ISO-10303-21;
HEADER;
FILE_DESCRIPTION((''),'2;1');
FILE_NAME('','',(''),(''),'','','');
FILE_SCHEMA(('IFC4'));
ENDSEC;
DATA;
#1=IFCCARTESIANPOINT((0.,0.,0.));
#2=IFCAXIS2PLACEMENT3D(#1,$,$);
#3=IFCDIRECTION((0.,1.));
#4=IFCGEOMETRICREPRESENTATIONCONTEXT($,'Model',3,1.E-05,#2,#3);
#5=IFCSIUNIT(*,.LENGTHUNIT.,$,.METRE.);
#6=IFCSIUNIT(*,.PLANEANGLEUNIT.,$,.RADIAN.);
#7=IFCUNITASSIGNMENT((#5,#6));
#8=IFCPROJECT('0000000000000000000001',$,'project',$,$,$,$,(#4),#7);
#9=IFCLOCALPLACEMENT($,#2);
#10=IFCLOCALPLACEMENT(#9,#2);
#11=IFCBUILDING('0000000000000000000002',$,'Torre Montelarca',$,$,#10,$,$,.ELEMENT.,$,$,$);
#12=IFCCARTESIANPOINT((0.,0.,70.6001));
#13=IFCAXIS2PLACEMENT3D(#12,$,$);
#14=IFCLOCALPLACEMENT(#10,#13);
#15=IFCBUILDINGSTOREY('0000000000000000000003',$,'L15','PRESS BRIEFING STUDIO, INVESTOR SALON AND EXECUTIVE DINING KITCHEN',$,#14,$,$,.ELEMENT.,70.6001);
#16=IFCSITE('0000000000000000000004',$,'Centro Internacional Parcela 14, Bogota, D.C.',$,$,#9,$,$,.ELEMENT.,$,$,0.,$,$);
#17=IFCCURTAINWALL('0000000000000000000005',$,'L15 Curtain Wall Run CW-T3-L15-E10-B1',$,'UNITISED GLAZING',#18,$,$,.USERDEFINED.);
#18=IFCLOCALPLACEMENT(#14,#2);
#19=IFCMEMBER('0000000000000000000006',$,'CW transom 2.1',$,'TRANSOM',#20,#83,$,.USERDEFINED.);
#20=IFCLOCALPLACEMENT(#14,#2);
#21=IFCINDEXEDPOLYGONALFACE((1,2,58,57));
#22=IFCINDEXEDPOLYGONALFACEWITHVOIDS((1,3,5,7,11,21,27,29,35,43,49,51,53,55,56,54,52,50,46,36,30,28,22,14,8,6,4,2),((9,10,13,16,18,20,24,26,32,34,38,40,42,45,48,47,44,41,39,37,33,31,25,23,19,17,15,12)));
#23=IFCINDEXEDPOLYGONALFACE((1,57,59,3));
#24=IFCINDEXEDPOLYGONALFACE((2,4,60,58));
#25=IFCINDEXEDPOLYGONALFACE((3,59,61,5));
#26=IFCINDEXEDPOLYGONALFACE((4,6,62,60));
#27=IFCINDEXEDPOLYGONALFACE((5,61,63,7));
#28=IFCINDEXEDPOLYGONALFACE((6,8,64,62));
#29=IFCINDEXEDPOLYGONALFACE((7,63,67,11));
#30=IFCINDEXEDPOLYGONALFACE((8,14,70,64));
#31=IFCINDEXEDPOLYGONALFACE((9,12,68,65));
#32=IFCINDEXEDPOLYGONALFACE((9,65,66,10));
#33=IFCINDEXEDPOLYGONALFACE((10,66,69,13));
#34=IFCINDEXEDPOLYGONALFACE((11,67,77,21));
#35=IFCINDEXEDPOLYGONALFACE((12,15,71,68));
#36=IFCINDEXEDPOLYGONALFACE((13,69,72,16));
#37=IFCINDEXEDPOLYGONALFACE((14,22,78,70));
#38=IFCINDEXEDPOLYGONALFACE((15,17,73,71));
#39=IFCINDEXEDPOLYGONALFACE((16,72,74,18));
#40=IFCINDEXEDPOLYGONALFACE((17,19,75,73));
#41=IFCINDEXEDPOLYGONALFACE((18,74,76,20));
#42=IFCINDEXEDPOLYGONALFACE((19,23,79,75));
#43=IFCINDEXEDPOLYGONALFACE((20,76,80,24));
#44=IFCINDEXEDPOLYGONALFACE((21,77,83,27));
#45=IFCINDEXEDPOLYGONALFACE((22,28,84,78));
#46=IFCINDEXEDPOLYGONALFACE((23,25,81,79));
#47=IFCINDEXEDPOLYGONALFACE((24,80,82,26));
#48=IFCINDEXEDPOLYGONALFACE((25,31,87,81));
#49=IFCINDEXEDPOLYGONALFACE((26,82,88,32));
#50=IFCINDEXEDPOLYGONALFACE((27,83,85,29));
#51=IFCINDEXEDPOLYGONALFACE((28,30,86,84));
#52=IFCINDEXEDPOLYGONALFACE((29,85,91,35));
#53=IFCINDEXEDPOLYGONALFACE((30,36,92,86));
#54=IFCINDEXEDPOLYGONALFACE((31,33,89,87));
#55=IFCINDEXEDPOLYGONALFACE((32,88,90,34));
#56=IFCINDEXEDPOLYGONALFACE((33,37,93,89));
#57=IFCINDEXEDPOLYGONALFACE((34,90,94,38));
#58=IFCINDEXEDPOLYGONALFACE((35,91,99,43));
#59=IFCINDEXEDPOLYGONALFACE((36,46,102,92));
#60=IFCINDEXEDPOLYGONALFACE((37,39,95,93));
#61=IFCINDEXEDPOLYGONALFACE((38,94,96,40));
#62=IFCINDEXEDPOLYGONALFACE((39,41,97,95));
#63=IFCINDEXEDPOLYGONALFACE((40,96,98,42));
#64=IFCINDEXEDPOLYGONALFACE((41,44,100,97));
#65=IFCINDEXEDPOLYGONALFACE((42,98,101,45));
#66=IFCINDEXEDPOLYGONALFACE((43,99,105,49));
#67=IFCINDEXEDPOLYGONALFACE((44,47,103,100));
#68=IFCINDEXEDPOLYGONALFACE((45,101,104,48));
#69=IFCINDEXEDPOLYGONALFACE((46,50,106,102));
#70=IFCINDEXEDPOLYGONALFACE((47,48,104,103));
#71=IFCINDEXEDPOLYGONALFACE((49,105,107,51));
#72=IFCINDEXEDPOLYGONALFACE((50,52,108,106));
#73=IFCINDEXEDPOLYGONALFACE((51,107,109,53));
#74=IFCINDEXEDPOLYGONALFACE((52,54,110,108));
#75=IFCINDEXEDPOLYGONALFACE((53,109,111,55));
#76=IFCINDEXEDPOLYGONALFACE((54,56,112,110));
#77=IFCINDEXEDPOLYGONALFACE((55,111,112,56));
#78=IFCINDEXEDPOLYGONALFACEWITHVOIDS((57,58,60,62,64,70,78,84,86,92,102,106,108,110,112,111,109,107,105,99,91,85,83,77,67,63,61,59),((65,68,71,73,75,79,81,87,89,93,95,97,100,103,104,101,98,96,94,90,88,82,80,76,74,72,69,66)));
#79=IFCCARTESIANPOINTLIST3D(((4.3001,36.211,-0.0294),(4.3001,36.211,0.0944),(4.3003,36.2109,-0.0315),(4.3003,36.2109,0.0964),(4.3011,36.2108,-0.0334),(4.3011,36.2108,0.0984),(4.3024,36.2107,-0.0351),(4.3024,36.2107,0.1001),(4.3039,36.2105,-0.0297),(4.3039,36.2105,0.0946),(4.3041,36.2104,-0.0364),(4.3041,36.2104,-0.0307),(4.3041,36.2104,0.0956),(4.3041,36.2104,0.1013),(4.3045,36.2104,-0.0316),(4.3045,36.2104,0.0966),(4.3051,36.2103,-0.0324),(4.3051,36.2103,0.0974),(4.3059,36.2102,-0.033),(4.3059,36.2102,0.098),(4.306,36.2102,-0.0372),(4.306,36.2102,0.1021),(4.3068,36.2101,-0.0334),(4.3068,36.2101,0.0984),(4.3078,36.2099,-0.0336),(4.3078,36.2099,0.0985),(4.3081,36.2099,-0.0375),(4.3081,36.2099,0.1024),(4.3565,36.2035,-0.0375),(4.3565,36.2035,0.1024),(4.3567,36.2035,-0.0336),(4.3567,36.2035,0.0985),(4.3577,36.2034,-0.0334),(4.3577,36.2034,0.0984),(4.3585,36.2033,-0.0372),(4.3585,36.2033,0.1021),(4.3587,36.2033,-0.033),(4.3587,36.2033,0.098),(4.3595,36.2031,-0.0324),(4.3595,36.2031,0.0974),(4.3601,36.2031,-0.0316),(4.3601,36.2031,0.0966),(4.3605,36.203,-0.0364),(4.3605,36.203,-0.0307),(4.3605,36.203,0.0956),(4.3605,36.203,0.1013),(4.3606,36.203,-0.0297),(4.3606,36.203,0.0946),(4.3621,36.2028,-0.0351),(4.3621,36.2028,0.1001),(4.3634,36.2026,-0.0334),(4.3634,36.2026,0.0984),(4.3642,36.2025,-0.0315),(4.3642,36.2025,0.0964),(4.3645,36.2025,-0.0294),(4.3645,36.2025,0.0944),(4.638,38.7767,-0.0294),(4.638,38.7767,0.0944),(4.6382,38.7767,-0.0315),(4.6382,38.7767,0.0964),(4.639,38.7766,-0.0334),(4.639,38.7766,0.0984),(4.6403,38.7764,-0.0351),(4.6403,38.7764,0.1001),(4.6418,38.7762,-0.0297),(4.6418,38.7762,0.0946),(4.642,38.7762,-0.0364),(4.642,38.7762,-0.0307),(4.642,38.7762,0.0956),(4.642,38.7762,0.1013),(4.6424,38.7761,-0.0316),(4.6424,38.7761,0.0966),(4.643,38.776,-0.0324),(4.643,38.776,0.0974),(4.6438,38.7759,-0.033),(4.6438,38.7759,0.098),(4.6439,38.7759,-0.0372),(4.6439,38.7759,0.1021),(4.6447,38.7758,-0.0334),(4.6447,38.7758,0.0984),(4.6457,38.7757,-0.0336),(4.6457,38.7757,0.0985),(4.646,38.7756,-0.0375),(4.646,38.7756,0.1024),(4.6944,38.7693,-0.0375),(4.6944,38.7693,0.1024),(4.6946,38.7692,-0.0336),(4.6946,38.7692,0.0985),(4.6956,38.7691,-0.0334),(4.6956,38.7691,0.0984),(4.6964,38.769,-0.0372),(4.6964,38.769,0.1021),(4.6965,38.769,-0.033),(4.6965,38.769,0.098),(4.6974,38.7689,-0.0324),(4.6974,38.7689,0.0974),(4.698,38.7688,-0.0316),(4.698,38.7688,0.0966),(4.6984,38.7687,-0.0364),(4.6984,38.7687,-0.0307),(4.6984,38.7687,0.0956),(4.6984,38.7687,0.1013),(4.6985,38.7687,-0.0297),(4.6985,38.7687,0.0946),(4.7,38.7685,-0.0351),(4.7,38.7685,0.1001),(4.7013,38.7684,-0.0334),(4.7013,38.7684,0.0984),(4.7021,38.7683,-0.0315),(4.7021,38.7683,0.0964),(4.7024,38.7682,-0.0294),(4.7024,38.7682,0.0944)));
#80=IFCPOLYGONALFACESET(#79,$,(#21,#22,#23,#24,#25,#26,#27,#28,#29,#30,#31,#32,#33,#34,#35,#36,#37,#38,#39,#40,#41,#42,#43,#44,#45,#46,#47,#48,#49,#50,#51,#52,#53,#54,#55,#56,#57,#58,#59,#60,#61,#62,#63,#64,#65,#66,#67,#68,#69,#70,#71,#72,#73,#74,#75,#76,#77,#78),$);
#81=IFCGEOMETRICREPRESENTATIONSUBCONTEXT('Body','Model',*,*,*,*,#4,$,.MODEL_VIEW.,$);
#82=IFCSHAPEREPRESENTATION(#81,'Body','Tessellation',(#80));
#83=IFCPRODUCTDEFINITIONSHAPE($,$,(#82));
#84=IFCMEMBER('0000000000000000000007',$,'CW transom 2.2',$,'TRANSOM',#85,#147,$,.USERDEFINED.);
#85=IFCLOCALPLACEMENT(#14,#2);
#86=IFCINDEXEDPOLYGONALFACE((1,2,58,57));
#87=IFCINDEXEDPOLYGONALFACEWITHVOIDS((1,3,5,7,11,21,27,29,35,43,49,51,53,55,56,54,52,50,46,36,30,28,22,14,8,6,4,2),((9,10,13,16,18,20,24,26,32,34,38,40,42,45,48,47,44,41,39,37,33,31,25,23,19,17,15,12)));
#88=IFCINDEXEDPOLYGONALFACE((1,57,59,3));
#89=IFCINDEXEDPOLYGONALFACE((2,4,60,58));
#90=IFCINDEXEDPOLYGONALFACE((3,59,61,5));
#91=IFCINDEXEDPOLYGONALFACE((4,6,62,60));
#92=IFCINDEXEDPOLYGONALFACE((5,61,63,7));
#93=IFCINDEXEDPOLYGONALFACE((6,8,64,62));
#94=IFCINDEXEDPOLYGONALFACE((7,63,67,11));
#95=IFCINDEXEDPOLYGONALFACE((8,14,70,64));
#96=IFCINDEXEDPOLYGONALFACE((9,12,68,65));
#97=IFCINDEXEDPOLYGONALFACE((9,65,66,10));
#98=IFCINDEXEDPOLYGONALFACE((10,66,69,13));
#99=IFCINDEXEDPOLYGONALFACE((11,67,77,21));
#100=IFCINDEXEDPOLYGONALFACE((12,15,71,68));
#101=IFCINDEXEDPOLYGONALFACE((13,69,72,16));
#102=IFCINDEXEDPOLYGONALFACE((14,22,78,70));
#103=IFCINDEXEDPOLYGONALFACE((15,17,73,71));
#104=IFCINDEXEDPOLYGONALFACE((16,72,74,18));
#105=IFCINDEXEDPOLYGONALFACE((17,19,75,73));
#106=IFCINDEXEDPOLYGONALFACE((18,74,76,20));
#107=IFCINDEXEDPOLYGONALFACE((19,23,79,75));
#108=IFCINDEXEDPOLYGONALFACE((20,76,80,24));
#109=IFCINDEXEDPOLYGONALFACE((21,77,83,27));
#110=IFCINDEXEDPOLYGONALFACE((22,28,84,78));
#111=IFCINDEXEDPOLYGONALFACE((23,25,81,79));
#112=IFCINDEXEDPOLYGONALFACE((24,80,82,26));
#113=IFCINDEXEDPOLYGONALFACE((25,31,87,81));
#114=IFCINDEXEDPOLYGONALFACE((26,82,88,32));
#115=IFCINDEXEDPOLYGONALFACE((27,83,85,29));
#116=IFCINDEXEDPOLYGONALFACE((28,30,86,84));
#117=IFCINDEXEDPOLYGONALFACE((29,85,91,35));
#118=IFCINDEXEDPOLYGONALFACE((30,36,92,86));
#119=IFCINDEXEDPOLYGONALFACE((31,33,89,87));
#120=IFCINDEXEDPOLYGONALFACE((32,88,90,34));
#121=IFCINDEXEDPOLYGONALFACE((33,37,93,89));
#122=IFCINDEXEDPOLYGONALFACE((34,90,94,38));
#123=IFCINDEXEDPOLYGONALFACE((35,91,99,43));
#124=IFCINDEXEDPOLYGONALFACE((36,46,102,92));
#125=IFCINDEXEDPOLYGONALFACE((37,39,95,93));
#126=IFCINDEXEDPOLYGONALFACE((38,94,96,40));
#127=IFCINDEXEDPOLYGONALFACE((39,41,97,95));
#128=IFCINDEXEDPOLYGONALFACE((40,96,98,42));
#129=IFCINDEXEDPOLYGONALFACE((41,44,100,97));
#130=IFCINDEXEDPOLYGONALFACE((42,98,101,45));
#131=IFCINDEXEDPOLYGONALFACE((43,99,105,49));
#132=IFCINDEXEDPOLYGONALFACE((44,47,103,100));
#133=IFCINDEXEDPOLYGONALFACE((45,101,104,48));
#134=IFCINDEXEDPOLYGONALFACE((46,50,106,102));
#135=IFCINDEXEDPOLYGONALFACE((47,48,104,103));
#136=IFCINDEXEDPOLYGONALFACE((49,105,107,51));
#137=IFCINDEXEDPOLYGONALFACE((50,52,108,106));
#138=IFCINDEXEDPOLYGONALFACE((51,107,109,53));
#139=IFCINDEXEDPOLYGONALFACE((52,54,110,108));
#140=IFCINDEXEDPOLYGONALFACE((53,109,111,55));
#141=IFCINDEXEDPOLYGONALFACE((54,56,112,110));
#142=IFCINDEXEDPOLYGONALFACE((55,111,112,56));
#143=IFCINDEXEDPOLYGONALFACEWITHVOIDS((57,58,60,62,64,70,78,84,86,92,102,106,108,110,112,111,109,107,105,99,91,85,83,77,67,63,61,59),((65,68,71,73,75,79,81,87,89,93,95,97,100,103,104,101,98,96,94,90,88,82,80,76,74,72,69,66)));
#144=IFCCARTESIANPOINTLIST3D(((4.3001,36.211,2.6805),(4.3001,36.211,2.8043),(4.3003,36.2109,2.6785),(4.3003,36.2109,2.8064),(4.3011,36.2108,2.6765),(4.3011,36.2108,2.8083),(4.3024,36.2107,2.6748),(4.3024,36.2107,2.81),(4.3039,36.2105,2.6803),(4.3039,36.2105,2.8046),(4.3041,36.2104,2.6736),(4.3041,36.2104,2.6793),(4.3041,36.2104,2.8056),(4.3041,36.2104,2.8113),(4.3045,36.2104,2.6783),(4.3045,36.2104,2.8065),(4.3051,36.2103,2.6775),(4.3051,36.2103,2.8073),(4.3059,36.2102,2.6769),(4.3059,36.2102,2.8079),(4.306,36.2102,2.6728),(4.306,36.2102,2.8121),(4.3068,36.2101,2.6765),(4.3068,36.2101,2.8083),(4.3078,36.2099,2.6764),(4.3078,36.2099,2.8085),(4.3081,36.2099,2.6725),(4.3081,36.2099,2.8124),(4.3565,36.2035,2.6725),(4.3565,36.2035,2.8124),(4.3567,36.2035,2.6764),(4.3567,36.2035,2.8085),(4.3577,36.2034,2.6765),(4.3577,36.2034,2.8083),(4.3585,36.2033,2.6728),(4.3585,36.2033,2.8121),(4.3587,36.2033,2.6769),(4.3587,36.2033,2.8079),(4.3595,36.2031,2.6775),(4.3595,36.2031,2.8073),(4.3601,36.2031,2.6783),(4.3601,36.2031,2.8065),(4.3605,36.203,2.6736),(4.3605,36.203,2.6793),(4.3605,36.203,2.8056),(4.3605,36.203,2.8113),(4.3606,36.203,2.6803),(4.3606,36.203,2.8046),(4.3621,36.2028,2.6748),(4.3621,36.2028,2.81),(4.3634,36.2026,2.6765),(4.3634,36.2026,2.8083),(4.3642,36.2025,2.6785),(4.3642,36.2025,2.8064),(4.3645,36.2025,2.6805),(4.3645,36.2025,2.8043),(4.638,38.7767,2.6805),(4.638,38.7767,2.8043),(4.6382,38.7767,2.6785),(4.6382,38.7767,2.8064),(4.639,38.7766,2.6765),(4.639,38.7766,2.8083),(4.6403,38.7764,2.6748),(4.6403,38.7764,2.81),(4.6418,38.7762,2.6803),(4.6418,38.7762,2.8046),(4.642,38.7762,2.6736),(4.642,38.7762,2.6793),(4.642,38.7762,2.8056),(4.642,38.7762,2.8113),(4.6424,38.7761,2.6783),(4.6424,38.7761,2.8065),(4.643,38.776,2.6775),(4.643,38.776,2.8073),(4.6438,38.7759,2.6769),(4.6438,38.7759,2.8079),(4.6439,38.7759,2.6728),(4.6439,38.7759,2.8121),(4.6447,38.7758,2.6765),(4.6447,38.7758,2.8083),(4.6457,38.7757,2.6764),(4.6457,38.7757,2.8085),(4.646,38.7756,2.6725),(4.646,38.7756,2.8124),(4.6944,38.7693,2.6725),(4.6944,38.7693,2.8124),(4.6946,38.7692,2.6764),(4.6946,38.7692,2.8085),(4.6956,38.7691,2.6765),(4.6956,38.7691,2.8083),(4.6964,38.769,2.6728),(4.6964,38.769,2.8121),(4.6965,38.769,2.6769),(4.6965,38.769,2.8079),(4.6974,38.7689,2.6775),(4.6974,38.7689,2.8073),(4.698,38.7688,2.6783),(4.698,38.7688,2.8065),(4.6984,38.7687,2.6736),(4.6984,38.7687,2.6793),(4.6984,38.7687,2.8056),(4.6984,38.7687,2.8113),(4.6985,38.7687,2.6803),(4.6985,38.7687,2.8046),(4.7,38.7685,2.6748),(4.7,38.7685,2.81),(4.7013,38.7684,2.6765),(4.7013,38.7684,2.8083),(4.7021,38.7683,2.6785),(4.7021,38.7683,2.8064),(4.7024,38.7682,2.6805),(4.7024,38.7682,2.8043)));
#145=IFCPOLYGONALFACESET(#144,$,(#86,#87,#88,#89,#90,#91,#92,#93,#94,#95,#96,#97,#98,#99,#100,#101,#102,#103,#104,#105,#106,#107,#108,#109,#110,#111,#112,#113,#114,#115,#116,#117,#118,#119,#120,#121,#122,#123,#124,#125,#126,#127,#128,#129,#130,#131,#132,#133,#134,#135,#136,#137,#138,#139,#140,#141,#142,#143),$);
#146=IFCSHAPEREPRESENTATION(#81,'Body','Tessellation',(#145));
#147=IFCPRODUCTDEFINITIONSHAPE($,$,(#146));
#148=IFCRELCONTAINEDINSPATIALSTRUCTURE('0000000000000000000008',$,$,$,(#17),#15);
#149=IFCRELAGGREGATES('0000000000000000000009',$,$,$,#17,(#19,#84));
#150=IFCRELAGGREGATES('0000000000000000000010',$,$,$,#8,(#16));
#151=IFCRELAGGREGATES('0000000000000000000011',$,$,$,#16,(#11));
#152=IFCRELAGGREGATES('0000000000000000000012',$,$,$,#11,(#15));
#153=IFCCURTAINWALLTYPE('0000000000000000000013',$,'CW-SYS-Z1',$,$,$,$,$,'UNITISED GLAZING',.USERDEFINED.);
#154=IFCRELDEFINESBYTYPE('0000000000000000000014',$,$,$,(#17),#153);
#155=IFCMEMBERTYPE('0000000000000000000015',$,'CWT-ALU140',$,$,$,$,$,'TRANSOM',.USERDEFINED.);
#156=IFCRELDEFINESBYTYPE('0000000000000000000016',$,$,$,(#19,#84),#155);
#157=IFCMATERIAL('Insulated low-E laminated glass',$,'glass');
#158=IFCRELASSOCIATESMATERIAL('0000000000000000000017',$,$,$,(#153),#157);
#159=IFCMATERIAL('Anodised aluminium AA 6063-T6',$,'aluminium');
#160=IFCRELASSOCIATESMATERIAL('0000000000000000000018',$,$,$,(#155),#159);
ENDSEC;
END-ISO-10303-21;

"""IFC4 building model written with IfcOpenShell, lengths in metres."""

from ifc_helpers import new_model, si_unit, direction, frame, origin, origin_2d, place, context, subcontext, project, spatial, hollow_rectangle, extrude, source, transform, mapped, material, material_profile, profile_set, type_object, element, aggregate, save


model = new_model("IFC4")

# Units and contexts
model_context = context("Model", 3, precision=1e-05, world=origin(), true_north=direction((0.0, 1.0)))
body_context = subcontext(model_context, "Body", "Model", "MODEL_VIEW")
ifc_project = project(units=[si_unit("LENGTHUNIT", "METRE"), si_unit("PLANEANGLEUNIT", "RADIAN")], contexts=[model_context])

# Site, building, storey
site_placement = place(None, origin())
site = spatial("IfcSite", under=ifc_project, at=site_placement, Name="Centro Internacional Parcela 14, Bogota, D.C.", CompositionType="ELEMENT", RefElevation=0.0)
building_placement = place(site_placement, origin())
building = spatial("IfcBuilding", under=site, at=building_placement, Name="Torre Montelarca", CompositionType="ELEMENT")
storey_placement = place(building_placement, frame((0.0, 0.0, 70.6001)))
storey = spatial("IfcBuildingStorey", under=building, at=storey_placement, Name="L15", Description="PRESS BRIEFING STUDIO, INVESTOR SALON AND EXECUTIVE DINING KITCHEN", CompositionType="ELEMENT", Elevation=70.6001)

# Curtain wall, members
ifc_material_1 = material(Name="Insulated low-E laminated glass", Category="glass")
curtain_wall_type = type_object("IfcCurtainWallType", Name="CW-SYS-Z1", ElementType="UNITISED GLAZING", PredefinedType="USERDEFINED", material=ifc_material_1)
curtain_wall_1_placement = place(storey_placement, origin())
curtain_wall_1 = element("IfcCurtainWall", 1, at=curtain_wall_1_placement, inside=storey, type_object=curtain_wall_type, Name="L15 Curtain Wall Run CW-T3-L15-E10-B1", ObjectType="UNITISED GLAZING", PredefinedType="USERDEFINED")
ifc_material_2 = material(Name="Anodised aluminium AA 6063-T6", Category="aluminium")
ifc_material_profile_1 = material_profile(ifc_material_2, hollow_rectangle(XDim=0.0649, YDim=0.1399, WallThickness=0.0039, InnerFilletRadius=0.0039, OuterFilletRadius=0.0081, at=origin_2d()), Name="ALU65X140X4", Category="aluminium")
ifc_profile_set_1 = profile_set([ifc_material_profile_1], Name="Anodised aluminium AA 6063-T6")
member_type_1 = type_object("IfcMemberType", Name="CWT-ALU140", ElementType="TRANSOM", PredefinedType="USERDEFINED", material=ifc_profile_set_1)
shared_shape_1 = source(origin(), body_context, "Body", "SweptSolid", [
    extrude(hollow_rectangle(XDim=0.0649, YDim=0.1399, WallThickness=0.0039, InnerFilletRadius=0.0039, OuterFilletRadius=0.0081, at=origin_2d()), origin(), (0.0, 0.0, 1.0), 2.5879),
])
member_1_placement = place(storey_placement, frame((4.6702, 38.7725, 0.0325), z_axis=(-0.130569, -0.991439, 0.0), x_axis=(0.991439, -0.130569, 0.0)))
member_1 = element("IfcMember", 2, at=member_1_placement, type_object=member_type_1, Name="CW transom 2.1", ObjectType="TRANSOM", PredefinedType="USERDEFINED", context=body_context, shape_type="MappedRepresentation", body=[
    mapped(shared_shape_1, transform((0.0, 0.0, 0.0), scale=1.0)),
])
member_2_placement = place(storey_placement, frame((4.6702, 38.7725, 2.7424), z_axis=(-0.130569, -0.991439, 0.0), x_axis=(0.991439, -0.130569, 0.0)))
member_2 = element("IfcMember", 3, at=member_2_placement, type_object=member_type_1, Name="CW transom 2.2", ObjectType="TRANSOM", PredefinedType="USERDEFINED", context=body_context, shape_type="MappedRepresentation", body=[
    mapped(shared_shape_1, transform((0.0, 0.0, 0.0), scale=1.0)),
])

aggregate(curtain_wall_1, [member_1, member_2])

save(model, "model.ifc")
